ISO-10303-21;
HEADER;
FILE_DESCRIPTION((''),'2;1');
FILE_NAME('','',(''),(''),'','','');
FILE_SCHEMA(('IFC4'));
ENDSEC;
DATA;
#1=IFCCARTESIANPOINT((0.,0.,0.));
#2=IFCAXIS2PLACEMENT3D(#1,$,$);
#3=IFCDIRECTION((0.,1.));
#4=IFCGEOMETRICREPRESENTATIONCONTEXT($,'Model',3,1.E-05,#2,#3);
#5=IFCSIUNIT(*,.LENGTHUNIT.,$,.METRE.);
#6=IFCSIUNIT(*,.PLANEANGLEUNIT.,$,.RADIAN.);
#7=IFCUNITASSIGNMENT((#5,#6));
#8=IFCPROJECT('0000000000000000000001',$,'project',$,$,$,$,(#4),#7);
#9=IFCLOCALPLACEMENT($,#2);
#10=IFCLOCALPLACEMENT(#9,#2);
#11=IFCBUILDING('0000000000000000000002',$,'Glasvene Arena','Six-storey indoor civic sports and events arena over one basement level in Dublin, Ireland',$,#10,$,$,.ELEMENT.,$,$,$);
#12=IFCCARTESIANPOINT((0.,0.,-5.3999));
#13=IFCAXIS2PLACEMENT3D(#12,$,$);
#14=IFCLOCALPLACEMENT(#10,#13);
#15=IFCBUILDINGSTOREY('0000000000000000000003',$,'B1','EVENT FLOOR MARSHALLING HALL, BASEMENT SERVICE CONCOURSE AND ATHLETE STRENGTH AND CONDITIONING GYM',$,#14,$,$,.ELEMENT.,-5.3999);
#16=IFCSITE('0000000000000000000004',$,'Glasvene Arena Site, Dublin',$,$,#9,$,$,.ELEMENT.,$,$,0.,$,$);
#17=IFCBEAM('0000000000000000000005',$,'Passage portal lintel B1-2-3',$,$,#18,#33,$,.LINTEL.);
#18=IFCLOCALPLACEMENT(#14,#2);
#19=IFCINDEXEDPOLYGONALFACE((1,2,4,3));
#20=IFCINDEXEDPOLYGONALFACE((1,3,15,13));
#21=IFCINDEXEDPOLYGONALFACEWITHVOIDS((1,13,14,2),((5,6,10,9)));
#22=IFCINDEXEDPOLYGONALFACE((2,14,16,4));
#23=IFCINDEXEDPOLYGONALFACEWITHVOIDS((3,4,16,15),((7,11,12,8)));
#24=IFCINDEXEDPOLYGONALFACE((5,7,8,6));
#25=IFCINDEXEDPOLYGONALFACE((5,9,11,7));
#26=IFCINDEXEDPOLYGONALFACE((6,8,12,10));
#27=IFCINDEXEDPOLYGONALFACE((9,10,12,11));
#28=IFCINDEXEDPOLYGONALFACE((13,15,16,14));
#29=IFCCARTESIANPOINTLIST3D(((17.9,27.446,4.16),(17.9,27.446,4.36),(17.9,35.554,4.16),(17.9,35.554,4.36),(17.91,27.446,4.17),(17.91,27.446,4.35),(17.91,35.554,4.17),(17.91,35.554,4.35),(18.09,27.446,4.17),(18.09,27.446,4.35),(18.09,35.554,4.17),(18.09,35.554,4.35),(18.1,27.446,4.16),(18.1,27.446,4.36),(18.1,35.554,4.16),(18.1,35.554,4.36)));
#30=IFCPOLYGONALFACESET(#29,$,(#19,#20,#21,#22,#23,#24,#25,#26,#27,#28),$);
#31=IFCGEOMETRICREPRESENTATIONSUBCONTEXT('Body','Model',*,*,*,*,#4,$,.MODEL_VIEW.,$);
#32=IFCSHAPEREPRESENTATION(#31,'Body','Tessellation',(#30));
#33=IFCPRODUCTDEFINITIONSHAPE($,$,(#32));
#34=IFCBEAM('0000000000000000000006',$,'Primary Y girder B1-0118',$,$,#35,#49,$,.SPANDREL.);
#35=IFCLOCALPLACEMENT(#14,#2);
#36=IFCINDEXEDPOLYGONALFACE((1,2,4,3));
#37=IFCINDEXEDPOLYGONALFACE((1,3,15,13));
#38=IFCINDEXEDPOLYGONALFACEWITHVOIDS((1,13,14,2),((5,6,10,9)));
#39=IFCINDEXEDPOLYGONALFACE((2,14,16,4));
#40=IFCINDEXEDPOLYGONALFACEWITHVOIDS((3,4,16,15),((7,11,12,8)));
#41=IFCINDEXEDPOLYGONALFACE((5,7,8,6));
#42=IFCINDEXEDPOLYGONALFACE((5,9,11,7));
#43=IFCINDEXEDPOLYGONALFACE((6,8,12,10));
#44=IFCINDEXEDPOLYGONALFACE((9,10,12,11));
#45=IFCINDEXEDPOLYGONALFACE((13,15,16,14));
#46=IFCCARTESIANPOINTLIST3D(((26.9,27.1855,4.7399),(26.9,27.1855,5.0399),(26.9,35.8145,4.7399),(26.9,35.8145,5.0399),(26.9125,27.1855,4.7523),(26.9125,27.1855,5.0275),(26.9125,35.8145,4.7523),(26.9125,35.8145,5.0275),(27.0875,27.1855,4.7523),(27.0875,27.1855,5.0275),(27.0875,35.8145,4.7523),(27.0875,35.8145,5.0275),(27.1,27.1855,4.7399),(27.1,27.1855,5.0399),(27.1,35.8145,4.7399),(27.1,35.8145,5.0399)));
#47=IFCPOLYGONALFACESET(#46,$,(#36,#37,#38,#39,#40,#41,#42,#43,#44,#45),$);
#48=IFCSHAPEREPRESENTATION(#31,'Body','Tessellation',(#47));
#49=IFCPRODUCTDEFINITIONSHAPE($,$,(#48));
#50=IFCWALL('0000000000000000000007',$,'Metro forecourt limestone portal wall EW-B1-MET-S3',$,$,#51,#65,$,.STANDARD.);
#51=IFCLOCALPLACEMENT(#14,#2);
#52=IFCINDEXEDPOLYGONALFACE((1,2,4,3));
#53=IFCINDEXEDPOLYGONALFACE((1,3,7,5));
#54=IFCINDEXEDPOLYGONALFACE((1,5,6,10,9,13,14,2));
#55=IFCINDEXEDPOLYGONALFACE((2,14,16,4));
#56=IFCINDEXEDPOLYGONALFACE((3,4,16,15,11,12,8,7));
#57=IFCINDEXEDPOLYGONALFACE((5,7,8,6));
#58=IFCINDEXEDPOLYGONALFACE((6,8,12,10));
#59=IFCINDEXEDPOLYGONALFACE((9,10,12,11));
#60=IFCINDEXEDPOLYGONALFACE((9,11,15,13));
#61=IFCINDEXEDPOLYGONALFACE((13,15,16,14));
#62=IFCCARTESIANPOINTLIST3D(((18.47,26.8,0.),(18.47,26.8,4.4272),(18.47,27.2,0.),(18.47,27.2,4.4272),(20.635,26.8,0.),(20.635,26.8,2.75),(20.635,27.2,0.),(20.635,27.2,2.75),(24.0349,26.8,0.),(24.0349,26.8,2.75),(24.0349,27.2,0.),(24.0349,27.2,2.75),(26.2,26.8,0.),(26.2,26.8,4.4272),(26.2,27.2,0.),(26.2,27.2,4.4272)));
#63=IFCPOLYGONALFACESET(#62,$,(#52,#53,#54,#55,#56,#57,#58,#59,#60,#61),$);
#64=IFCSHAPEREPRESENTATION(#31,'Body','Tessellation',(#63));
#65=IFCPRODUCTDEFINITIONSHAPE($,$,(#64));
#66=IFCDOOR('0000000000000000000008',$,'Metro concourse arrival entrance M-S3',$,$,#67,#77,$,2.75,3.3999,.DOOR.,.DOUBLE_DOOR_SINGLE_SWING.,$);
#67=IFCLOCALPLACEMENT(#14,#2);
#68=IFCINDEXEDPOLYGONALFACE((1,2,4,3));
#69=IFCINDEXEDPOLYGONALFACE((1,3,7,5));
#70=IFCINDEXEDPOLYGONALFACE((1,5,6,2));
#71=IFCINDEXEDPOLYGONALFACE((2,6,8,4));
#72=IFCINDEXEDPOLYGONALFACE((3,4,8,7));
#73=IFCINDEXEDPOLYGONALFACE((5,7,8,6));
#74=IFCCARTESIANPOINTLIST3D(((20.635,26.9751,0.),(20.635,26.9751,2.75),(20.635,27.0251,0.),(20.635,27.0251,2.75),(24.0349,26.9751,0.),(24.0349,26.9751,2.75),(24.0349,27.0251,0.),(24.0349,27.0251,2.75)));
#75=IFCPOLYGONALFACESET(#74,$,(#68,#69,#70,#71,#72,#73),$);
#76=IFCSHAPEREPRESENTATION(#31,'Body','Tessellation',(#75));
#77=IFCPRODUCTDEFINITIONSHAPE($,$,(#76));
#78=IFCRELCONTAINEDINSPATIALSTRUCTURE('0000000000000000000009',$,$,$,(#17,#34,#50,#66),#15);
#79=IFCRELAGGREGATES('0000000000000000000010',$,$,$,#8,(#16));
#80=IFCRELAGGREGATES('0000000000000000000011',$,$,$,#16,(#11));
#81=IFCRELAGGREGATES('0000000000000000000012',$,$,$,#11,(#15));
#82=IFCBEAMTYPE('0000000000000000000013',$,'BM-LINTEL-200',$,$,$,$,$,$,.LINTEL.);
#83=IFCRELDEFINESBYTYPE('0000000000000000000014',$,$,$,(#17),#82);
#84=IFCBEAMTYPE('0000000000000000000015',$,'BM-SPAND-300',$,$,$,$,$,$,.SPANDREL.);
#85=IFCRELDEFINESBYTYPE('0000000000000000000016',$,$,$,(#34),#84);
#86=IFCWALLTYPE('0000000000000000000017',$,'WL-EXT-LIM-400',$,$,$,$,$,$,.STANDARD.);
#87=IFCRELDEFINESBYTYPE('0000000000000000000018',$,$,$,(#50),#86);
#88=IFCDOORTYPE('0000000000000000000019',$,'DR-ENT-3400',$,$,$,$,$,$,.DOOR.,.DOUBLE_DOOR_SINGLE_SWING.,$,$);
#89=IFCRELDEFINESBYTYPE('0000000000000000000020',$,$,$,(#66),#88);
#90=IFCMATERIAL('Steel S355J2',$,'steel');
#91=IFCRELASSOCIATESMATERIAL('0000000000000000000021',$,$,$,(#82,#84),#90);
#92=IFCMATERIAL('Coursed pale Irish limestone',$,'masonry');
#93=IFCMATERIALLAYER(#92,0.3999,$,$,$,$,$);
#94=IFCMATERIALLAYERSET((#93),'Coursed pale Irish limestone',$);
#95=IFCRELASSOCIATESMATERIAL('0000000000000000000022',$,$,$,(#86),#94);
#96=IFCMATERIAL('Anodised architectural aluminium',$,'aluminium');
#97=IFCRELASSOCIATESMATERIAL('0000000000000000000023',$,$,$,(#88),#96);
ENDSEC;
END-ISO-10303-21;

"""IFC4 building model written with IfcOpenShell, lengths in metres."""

from ifc_helpers import new_model, si_unit, direction, frame, frame_2d, origin, origin_2d, place, context, subcontext, project, spatial, rectangle, hollow_rectangle, extrude, material, layer, layer_set, material_profile, profile_set, type_object, element, fill, save


model = new_model("IFC4")

# Units and contexts
model_context = context("Model", 3, precision=1e-05, world=origin(), true_north=direction((0.0, 1.0)))
body_context = subcontext(model_context, "Body", "Model", "MODEL_VIEW")
ifc_project = project(units=[si_unit("LENGTHUNIT", "METRE"), si_unit("PLANEANGLEUNIT", "RADIAN")], contexts=[model_context])

# Site, building, storey
site_placement = place(None, origin())
site = spatial("IfcSite", under=ifc_project, at=site_placement, Name="Glasvene Arena Site, Dublin", CompositionType="ELEMENT", RefElevation=0.0)
building_placement = place(site_placement, origin())
building = spatial("IfcBuilding", under=site, at=building_placement, Name="Glasvene Arena", Description="Six-storey indoor civic sports and events arena over one basement level in Dublin, Ireland", CompositionType="ELEMENT")
storey_placement = place(building_placement, frame((0.0, 0.0, -5.3999)))
storey = spatial("IfcBuildingStorey", under=building, at=storey_placement, Name="B1", Description="EVENT FLOOR MARSHALLING HALL, BASEMENT SERVICE CONCOURSE AND ATHLETE STRENGTH AND CONDITIONING GYM", CompositionType="ELEMENT", Elevation=-5.3999)

# Shared definitions
ifc_material_1 = material(Name="Steel S355J2", Category="steel")

# Beams
ifc_material_profile_1 = material_profile(ifc_material_1, hollow_rectangle(XDim=0.2, YDim=0.2, WallThickness=0.01, at=origin_2d()), Name="SHS 200x200x10.0")
ifc_profile_set_1 = profile_set([ifc_material_profile_1], Name="Steel S355J2")
beam_type_1 = type_object("IfcBeamType", Name="BM-LINTEL-200", PredefinedType="LINTEL", material=ifc_profile_set_1)
beam_1_placement = place(storey_placement, frame((18.0, 27.446, 4.26), z_axis=(0.0, 1.0, 0.0), x_axis=(-1.0, 0.0, 0.0)))
element("IfcBeam", 1, at=beam_1_placement, inside=storey, type_object=beam_type_1, Name="Passage portal lintel B1-2-3", PredefinedType="LINTEL", context=body_context, shape_type="SweptSolid", body=[
    extrude(hollow_rectangle(XDim=0.2, YDim=0.2, WallThickness=0.01, at=origin_2d()), origin(), (0.0, 0.0, 1.0), 8.1079),
])
ifc_material_profile_2 = material_profile(ifc_material_1, hollow_rectangle(XDim=0.2, YDim=0.3, WallThickness=0.0125, at=origin_2d()), Name="RHS 300x200x12.5")
ifc_profile_set_2 = profile_set([ifc_material_profile_2], Name="Steel S355J2")
beam_type_2 = type_object("IfcBeamType", Name="BM-SPAND-300", PredefinedType="SPANDREL", material=ifc_profile_set_2)
beam_2_placement = place(storey_placement, frame((27.0, 27.1855, 4.8899), z_axis=(0.0, 1.0, 0.0), x_axis=(-1.0, 0.0, 0.0)))
element("IfcBeam", 2, at=beam_2_placement, inside=storey, type_object=beam_type_2, Name="Primary Y girder B1-0118", PredefinedType="SPANDREL", context=body_context, shape_type="SweptSolid", body=[
    extrude(hollow_rectangle(XDim=0.2, YDim=0.3, WallThickness=0.0125, at=origin_2d()), origin(), (0.0, 0.0, 1.0), 8.6289),
])

# Wall, opening, door
ifc_material_2 = material(Name="Coursed pale Irish limestone", Category="masonry")
ifc_layer = layer(ifc_material_2, 0.3999)
ifc_layer_set = layer_set([ifc_layer], Name="Coursed pale Irish limestone")
wall_type = type_object("IfcWallType", Name="WL-EXT-LIM-400", PredefinedType="STANDARD", material=ifc_layer_set)
wall_placement = place(storey_placement, frame((18.47, 27.0, 0.0), z_axis=(0.0, 0.0, 1.0), x_axis=(1.0, 0.0, 0.0)))
wall = element("IfcWall", 3, at=wall_placement, inside=storey, type_object=wall_type, Name="Metro forecourt limestone portal wall EW-B1-MET-S3", PredefinedType="STANDARD", context=body_context, shape_type="SweptSolid", body=[
    extrude(rectangle(XDim=7.73, YDim=0.3999, at=frame_2d((3.865, 0.0))), origin(), (0.0, 0.0, 1.0), 4.4272),
])
opening_placement = place(wall_placement, frame((2.165, 0.0, 0.0)))
opening = element("IfcOpeningElement", 4, at=opening_placement, cuts=wall, PredefinedType="OPENING", context=body_context, shape_type="SweptSolid", body=[
    extrude(rectangle(XDim=3.3999, YDim=2.75, at=frame_2d((1.7, 1.375))), frame((0.0, 0.21, 0.0), z_axis=(0.0, -1.0, 0.0), x_axis=(1.0, 0.0, 0.0)), (0.0, 0.0, 1.0), 0.4199),
])
ifc_material_3 = material(Name="Anodised architectural aluminium", Category="aluminium")
door_type = type_object("IfcDoorType", Name="DR-ENT-3400", OperationType="DOUBLE_DOOR_SINGLE_SWING", PredefinedType="DOOR", material=ifc_material_3)
door_placement = place(opening_placement, frame((3.3999, 0.0, 0.0), z_axis=(0.0, 0.0, 1.0), x_axis=(-1.0, 0.0, 0.0)))
door = element("IfcDoor", 5, at=door_placement, inside=storey, type_object=door_type, Name="Metro concourse arrival entrance M-S3", OperationType="DOUBLE_DOOR_SINGLE_SWING", OverallHeight=2.75, OverallWidth=3.3999, PredefinedType="DOOR", context=body_context, shape_type="SweptSolid", body=[
    extrude(rectangle(XDim=3.3999, YDim=2.75, at=frame_2d((1.7, 1.375))), frame((0.0, 0.0249, 0.0), z_axis=(0.0, -1.0, 0.0), x_axis=(1.0, 0.0, 0.0)), (0.0, 0.0, 1.0), 0.05),
])
fill(opening, door)

save(model, "model.ifc")
